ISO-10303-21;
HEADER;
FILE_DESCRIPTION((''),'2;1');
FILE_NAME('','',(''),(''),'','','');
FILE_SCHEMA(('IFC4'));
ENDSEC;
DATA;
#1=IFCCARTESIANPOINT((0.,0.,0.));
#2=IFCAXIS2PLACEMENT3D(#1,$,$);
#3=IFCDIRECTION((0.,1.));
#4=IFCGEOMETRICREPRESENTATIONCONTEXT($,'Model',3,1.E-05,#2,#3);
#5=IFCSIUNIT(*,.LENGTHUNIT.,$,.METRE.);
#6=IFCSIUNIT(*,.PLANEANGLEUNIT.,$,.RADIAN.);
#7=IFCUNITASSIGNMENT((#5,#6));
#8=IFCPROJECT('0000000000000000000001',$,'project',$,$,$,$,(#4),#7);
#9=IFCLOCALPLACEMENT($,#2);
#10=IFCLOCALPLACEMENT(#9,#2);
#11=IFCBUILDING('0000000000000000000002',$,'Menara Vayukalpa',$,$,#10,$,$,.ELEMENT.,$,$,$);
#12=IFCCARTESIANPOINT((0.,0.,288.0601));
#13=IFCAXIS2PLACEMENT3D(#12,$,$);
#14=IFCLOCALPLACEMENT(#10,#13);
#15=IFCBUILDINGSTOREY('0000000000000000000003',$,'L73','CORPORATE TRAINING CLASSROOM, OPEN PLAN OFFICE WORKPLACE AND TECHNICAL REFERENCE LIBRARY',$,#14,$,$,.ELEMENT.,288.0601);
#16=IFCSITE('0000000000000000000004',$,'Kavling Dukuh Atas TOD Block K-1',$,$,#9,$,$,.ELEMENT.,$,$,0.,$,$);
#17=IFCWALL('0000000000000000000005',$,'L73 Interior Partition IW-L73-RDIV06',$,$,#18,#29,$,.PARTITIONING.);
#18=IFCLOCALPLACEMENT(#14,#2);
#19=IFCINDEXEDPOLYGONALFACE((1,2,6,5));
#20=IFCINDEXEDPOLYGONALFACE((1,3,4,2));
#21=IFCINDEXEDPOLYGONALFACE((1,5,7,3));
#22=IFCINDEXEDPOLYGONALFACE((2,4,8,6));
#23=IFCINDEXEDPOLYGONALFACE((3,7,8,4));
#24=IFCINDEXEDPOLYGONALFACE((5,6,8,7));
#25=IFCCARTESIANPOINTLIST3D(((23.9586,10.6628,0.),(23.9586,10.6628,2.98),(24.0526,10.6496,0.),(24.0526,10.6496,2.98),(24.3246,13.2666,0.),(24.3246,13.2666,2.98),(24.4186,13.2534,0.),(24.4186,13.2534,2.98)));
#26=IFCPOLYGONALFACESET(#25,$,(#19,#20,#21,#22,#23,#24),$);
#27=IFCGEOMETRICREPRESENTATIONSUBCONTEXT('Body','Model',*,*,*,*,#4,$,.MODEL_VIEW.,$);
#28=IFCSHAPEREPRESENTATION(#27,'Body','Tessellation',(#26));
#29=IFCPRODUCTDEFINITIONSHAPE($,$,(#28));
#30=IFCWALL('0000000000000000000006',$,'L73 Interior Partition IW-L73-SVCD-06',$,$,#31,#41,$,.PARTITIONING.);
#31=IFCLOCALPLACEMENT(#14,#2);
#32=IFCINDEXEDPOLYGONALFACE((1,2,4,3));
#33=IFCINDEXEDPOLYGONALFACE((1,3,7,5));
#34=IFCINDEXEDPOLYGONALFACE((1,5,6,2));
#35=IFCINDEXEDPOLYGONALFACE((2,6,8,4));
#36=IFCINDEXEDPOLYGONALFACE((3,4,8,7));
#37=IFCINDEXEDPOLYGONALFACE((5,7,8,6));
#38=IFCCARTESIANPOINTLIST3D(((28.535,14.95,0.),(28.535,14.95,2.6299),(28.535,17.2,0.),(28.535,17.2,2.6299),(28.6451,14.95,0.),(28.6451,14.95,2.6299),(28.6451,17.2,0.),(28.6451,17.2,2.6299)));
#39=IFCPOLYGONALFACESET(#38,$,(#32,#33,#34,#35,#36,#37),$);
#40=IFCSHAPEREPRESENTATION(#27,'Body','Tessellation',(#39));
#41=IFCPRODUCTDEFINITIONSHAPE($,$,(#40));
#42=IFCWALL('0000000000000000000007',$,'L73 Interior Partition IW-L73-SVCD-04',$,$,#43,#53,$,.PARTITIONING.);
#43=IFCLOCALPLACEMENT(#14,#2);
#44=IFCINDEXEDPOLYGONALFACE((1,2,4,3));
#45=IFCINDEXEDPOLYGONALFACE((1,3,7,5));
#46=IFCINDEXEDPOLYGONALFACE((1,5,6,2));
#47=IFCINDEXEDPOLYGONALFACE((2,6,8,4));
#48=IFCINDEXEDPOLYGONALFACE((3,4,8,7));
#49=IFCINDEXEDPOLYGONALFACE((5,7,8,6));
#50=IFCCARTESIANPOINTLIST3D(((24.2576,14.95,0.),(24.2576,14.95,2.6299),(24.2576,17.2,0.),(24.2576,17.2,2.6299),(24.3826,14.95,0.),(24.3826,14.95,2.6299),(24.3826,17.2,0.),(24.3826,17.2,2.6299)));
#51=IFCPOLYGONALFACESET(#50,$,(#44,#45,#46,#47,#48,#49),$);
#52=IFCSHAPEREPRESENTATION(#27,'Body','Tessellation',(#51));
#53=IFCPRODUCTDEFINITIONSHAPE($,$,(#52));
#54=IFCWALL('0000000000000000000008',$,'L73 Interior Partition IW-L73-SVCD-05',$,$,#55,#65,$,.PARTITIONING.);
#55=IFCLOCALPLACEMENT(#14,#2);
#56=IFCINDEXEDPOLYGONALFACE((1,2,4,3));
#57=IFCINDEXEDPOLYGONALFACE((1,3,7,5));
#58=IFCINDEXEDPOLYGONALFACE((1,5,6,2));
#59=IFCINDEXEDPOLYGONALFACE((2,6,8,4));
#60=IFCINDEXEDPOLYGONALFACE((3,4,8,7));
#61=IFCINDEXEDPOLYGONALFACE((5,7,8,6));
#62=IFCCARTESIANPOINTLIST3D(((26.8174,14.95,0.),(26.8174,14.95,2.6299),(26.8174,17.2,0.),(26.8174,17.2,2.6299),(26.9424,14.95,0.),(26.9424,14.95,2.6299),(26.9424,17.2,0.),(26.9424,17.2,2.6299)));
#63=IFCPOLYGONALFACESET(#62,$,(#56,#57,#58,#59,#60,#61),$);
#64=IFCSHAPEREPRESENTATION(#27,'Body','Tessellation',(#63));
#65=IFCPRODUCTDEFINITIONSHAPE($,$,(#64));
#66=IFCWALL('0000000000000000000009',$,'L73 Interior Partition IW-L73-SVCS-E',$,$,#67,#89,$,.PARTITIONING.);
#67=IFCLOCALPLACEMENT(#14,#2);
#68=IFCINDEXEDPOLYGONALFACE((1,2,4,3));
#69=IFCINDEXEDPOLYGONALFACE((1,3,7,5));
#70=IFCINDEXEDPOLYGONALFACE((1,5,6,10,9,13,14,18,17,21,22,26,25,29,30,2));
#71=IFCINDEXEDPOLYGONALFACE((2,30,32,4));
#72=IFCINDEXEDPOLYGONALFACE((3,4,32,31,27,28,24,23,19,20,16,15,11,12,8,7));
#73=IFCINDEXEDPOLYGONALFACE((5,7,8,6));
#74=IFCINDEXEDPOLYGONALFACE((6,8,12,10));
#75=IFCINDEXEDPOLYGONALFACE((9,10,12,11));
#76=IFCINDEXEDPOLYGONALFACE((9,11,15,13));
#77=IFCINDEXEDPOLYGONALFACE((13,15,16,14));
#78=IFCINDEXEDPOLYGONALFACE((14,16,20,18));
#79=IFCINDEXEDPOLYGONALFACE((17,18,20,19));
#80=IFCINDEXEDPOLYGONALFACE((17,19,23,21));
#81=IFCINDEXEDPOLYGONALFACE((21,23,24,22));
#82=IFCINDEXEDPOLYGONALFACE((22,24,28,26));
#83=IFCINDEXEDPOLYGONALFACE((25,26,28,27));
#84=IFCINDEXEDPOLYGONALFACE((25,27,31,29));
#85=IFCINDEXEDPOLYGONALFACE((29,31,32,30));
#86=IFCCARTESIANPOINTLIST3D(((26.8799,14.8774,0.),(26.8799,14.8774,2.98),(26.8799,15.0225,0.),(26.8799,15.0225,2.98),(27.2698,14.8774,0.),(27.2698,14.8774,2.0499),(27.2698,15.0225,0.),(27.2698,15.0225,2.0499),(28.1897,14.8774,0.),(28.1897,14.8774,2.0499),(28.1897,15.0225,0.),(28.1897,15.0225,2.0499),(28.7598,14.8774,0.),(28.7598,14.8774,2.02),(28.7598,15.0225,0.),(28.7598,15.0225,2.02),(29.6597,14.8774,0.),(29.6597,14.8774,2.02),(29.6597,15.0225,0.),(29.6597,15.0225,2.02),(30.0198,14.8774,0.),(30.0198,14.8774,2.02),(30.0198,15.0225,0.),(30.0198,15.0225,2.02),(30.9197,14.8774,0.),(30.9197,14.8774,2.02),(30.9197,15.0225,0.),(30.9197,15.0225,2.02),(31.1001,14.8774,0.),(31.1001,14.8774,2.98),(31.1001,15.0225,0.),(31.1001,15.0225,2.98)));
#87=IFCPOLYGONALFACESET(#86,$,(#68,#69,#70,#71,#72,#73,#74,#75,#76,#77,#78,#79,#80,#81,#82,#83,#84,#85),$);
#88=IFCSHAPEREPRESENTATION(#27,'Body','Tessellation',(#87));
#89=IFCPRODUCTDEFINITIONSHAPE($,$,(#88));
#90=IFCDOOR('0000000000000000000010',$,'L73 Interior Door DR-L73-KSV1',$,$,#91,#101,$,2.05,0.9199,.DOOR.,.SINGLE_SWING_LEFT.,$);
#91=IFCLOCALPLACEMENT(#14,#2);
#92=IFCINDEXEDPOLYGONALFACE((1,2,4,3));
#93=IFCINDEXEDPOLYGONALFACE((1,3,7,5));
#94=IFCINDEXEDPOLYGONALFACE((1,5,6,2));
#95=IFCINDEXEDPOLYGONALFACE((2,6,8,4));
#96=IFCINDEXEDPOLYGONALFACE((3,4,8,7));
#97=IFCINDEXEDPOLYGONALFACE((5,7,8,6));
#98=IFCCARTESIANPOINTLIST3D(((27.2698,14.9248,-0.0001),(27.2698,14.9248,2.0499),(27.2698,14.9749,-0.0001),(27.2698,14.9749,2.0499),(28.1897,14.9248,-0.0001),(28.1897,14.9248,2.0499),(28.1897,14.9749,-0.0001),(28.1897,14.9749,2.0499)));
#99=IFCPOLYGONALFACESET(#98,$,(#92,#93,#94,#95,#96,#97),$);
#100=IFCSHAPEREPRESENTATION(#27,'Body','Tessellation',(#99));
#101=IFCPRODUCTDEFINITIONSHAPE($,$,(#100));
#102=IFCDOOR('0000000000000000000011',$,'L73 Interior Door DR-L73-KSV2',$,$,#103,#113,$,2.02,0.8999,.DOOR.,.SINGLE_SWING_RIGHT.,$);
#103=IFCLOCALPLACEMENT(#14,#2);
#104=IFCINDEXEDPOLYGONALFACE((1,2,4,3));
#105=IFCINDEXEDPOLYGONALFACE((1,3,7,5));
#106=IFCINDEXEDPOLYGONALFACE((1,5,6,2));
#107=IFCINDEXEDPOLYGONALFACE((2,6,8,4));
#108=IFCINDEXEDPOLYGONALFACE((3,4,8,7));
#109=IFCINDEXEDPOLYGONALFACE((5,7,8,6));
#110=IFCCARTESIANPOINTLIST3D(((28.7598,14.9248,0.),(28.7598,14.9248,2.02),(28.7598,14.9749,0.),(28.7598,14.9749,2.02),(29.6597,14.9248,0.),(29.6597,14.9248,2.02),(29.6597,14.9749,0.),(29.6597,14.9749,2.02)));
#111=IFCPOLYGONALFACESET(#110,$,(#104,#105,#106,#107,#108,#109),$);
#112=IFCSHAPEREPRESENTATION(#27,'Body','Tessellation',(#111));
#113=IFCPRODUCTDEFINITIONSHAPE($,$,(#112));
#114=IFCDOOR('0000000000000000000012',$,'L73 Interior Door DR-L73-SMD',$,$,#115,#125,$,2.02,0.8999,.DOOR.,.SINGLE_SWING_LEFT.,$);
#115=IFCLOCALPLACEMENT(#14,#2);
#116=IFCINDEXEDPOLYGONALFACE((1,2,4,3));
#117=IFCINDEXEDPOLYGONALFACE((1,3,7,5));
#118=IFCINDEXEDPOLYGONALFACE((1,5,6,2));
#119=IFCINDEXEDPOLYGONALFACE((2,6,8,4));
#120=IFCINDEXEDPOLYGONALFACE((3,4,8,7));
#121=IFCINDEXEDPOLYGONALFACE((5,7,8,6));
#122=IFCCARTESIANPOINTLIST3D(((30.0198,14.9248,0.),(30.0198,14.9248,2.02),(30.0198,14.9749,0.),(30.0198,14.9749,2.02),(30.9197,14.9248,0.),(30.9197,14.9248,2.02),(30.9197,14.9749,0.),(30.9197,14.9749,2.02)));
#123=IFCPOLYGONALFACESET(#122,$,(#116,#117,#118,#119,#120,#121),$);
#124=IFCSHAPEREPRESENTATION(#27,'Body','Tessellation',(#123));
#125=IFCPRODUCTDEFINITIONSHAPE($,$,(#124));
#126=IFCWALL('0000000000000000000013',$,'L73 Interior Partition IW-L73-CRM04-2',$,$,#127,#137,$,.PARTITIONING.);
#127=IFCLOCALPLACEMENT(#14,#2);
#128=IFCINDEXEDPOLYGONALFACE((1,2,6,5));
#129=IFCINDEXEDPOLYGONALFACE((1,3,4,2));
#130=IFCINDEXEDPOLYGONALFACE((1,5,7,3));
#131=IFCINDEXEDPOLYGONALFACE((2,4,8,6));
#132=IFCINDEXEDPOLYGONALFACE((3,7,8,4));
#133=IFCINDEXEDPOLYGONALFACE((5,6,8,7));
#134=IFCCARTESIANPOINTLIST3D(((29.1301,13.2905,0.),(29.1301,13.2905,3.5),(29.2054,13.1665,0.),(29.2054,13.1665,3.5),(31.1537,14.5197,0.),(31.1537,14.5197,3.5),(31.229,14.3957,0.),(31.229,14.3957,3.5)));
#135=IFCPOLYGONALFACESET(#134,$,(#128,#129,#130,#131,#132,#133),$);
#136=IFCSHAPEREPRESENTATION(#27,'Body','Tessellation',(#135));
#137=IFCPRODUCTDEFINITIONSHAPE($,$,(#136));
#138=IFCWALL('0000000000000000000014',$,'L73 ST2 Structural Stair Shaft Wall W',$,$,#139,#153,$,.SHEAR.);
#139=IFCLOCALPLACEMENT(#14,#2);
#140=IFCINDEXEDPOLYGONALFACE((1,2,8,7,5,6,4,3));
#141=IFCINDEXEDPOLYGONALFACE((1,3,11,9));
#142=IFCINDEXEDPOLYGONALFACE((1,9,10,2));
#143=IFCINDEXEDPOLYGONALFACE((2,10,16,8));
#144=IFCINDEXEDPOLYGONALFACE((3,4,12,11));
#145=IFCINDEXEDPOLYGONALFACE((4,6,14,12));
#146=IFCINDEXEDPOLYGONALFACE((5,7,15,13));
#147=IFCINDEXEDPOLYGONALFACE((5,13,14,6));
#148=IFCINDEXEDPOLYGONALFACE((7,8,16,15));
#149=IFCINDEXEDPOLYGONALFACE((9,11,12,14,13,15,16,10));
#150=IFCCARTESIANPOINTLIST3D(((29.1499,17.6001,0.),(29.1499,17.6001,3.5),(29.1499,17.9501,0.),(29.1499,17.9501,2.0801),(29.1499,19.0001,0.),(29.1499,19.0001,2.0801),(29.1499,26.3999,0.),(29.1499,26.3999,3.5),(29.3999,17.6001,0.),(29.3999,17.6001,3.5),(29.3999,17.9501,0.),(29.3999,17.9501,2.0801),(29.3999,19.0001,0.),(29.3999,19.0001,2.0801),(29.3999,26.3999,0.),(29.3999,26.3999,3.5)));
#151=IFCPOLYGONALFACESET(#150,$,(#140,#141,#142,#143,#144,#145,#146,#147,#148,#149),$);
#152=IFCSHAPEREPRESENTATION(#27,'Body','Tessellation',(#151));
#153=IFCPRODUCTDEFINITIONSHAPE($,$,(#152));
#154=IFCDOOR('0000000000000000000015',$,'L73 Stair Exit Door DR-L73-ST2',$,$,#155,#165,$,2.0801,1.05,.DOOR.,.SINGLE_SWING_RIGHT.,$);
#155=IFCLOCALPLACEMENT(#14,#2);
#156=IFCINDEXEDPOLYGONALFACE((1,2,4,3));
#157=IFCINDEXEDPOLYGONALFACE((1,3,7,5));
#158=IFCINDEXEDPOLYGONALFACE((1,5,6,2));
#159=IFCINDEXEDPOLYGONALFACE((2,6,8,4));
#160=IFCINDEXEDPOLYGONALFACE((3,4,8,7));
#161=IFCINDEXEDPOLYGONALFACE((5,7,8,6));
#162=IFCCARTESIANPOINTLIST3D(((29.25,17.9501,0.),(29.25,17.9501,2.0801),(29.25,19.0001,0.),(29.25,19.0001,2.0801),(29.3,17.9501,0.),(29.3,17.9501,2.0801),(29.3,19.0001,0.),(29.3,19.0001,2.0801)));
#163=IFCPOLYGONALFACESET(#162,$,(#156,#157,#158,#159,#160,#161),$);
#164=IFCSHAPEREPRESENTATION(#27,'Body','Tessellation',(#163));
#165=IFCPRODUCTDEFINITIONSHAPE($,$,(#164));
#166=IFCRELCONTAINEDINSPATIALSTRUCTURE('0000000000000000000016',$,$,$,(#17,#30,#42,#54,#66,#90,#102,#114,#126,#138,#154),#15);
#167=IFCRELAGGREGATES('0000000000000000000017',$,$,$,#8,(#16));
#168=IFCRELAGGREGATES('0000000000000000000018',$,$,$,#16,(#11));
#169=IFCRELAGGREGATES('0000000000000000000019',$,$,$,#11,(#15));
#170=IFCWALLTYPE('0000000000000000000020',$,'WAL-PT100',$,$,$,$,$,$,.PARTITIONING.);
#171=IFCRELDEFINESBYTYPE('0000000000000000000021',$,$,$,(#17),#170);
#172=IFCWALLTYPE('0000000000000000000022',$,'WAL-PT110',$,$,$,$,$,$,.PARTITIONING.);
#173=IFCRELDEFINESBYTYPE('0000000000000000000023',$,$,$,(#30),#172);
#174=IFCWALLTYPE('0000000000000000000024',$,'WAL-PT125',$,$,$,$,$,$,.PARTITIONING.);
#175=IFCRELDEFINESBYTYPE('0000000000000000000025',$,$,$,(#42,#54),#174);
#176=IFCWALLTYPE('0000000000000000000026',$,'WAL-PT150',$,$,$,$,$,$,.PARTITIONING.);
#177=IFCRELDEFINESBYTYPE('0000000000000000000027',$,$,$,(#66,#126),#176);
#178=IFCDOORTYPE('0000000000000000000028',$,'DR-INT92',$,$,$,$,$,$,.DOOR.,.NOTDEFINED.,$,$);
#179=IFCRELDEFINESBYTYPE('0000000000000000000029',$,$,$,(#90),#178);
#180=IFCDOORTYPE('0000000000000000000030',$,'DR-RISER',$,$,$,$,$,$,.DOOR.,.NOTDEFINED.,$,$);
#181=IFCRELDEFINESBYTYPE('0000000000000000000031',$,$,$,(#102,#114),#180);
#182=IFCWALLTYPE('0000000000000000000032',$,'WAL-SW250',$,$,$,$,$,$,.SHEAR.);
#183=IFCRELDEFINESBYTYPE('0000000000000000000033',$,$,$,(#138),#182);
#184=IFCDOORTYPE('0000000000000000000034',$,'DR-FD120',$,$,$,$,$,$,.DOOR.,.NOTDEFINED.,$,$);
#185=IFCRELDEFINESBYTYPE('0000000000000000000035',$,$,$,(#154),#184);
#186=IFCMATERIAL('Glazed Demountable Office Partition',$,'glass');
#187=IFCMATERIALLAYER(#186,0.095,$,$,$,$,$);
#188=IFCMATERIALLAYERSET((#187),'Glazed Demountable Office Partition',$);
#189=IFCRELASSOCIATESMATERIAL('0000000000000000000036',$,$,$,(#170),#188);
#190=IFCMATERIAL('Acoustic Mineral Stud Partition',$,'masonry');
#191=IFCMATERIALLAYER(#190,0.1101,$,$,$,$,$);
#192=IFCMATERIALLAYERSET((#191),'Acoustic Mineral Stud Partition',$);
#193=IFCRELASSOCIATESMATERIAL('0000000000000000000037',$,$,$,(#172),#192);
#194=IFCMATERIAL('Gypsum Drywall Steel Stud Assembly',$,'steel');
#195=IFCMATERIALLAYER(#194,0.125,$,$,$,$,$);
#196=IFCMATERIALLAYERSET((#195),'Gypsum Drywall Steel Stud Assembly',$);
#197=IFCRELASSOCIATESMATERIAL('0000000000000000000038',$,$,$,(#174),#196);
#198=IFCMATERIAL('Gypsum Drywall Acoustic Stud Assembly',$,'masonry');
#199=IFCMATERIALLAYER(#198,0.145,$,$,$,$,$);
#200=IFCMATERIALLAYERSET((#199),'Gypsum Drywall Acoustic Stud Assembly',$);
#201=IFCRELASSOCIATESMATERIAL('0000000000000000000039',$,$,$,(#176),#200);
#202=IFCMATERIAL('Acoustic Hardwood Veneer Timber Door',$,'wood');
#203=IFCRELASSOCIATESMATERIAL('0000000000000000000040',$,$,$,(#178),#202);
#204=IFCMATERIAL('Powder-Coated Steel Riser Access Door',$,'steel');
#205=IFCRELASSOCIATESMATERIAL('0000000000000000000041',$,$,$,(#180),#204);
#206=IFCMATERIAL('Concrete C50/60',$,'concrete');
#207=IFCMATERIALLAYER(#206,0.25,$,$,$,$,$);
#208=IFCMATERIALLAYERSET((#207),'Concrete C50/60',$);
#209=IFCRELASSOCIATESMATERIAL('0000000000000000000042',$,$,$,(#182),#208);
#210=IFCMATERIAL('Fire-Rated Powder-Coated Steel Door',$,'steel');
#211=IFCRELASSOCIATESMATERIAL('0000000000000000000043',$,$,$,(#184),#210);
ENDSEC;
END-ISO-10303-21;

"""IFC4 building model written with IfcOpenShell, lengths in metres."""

from ifc_helpers import new_model, si_unit, direction, frame, frame_2d, origin, place, context, subcontext, project, spatial, rectangle, extrude, material, layer, layer_set, type_object, element, fill, save


model = new_model("IFC4")

# Units and contexts
model_context = context("Model", 3, precision=1e-05, world=origin(), true_north=direction((0.0, 1.0)))
body_context = subcontext(model_context, "Body", "Model", "MODEL_VIEW")
ifc_project = project(units=[si_unit("LENGTHUNIT", "METRE"), si_unit("PLANEANGLEUNIT", "RADIAN")], contexts=[model_context])

# Site, building, storey
site_placement = place(None, origin())
site = spatial("IfcSite", under=ifc_project, at=site_placement, Name="Kavling Dukuh Atas TOD Block K-1", CompositionType="ELEMENT", RefElevation=0.0)
building_placement = place(site_placement, origin())
building = spatial("IfcBuilding", under=site, at=building_placement, Name="Menara Vayukalpa", CompositionType="ELEMENT")
storey_placement = place(building_placement, frame((0.0, 0.0, 288.0601)))
storey = spatial("IfcBuildingStorey", under=building, at=storey_placement, Name="L73", Description="CORPORATE TRAINING CLASSROOM, OPEN PLAN OFFICE WORKPLACE AND TECHNICAL REFERENCE LIBRARY", CompositionType="ELEMENT", Elevation=288.0601)

# Walls
ifc_material_1 = material(Name="Glazed Demountable Office Partition", Category="glass")
ifc_layer_1 = layer(ifc_material_1, 0.095)
ifc_layer_set_1 = layer_set([ifc_layer_1], Name="Glazed Demountable Office Partition")
wall_type_1 = type_object("IfcWallType", Name="WAL-PT100", PredefinedType="PARTITIONING", material=ifc_layer_set_1)
wall_1_placement = place(storey_placement, frame((24.3716, 13.26, 0.0), z_axis=(0.0, 0.0, 1.0), x_axis=(-0.139185, -0.990266, 0.0)))
element("IfcWall", 1, at=wall_1_placement, inside=storey, type_object=wall_type_1, Name="L73 Interior Partition IW-L73-RDIV06", PredefinedType="PARTITIONING", context=body_context, shape_type="SweptSolid", body=[
    extrude(rectangle(XDim=2.6294, YDim=0.095, at=frame_2d((1.3147, 0.0))), origin(), (0.0, 0.0, 1.0), 2.98),
])
ifc_material_2 = material(Name="Acoustic Mineral Stud Partition", Category="masonry")
ifc_layer_2 = layer(ifc_material_2, 0.1101)
ifc_layer_set_2 = layer_set([ifc_layer_2], Name="Acoustic Mineral Stud Partition")
wall_type_2 = type_object("IfcWallType", Name="WAL-PT110", PredefinedType="PARTITIONING", material=ifc_layer_set_2)
wall_2_placement = place(storey_placement, frame((28.5901, 14.95, 0.0), z_axis=(0.0, 0.0, 1.0), x_axis=(0.0, 1.0, 0.0)))
element("IfcWall", 2, at=wall_2_placement, inside=storey, type_object=wall_type_2, Name="L73 Interior Partition IW-L73-SVCD-06", PredefinedType="PARTITIONING", context=body_context, shape_type="SweptSolid", body=[
    extrude(rectangle(XDim=2.25, YDim=0.1101, at=frame_2d((1.125, 0.0))), origin(), (0.0, 0.0, 1.0), 2.6299),
])
ifc_material_3 = material(Name="Gypsum Drywall Steel Stud Assembly", Category="steel")
ifc_layer_3 = layer(ifc_material_3, 0.125)
ifc_layer_set_3 = layer_set([ifc_layer_3], Name="Gypsum Drywall Steel Stud Assembly")
wall_type_3 = type_object("IfcWallType", Name="WAL-PT125", PredefinedType="PARTITIONING", material=ifc_layer_set_3)
for number, where, z_axis, x_axis, name in (
    (3, (24.3201, 14.95, 0.0), (0.0, 0.0, 1.0), (0.0, 1.0, 0.0), "L73 Interior Partition IW-L73-SVCD-04"),
    (4, (26.8799, 14.95, 0.0), (0.0, 0.0, 1.0), (0.0, 1.0, 0.0), "L73 Interior Partition IW-L73-SVCD-05"),
):
    element("IfcWall", number, at=place(storey_placement, frame(where, z_axis=z_axis, x_axis=x_axis)), inside=storey, type_object=wall_type_3, Name=name, PredefinedType="PARTITIONING", context=body_context, shape_type="SweptSolid", body=[
        extrude(rectangle(XDim=2.25, YDim=0.125, at=frame_2d((1.125, 0.0))), origin(), (0.0, 0.0, 1.0), 2.6299),
    ])

# Wall, openings, doors
ifc_material_4 = material(Name="Gypsum Drywall Acoustic Stud Assembly", Category="masonry")
ifc_layer_4 = layer(ifc_material_4, 0.145)
ifc_layer_set_4 = layer_set([ifc_layer_4], Name="Gypsum Drywall Acoustic Stud Assembly")
wall_type_4 = type_object("IfcWallType", Name="WAL-PT150", PredefinedType="PARTITIONING", material=ifc_layer_set_4)
wall_3_placement = place(storey_placement, frame((26.8799, 14.95, 0.0), z_axis=(0.0, 0.0, 1.0), x_axis=(1.0, 0.0, 0.0)))
wall_3 = element("IfcWall", 5, at=wall_3_placement, inside=storey, type_object=wall_type_4, Name="L73 Interior Partition IW-L73-SVCS-E", PredefinedType="PARTITIONING", context=body_context, shape_type="SweptSolid", body=[
    extrude(rectangle(XDim=4.2202, YDim=0.145, at=frame_2d((2.1101, 0.0))), origin(), (0.0, 0.0, 1.0), 2.98),
])
opening_1_placement = place(wall_3_placement, frame((0.3899, 0.0, 0.0)))
opening_1 = element("IfcOpeningElement", 6, at=opening_1_placement, cuts=wall_3, PredefinedType="OPENING", context=body_context, shape_type="SweptSolid", body=[
    extrude(rectangle(XDim=0.9199, YDim=2.05, at=frame_2d((0.46, 1.0249))), frame((0.0, 0.0825, 0.0), z_axis=(0.0, -1.0, 0.0), x_axis=(1.0, 0.0, 0.0)), (0.0, 0.0, 1.0), 0.165),
])
opening_2_placement = place(wall_3_placement, frame((1.8799, 0.0, 0.0)))
opening_2 = element("IfcOpeningElement", 7, at=opening_2_placement, cuts=wall_3, PredefinedType="OPENING", context=body_context, shape_type="SweptSolid", body=[
    extrude(rectangle(XDim=0.8999, YDim=2.02, at=frame_2d((0.45, 1.01))), frame((0.0, 0.0825, 0.0), z_axis=(0.0, -1.0, 0.0), x_axis=(1.0, 0.0, 0.0)), (0.0, 0.0, 1.0), 0.165),
])
opening_3_placement = place(wall_3_placement, frame((3.1399, 0.0, 0.0)))
opening_3 = element("IfcOpeningElement", 8, at=opening_3_placement, cuts=wall_3, PredefinedType="OPENING", context=body_context, shape_type="SweptSolid", body=[
    extrude(rectangle(XDim=0.8999, YDim=2.02, at=frame_2d((0.45, 1.01))), frame((0.0, 0.0825, 0.0), z_axis=(0.0, -1.0, 0.0), x_axis=(1.0, 0.0, 0.0)), (0.0, 0.0, 1.0), 0.165),
])
ifc_material_5 = material(Name="Acoustic Hardwood Veneer Timber Door", Category="wood")
door_type_1 = type_object("IfcDoorType", Name="DR-INT92", OperationType="NOTDEFINED", PredefinedType="DOOR", material=ifc_material_5)
door_1_placement = place(opening_1_placement, origin())
door_1 = element("IfcDoor", 9, at=door_1_placement, inside=storey, type_object=door_type_1, Name="L73 Interior Door DR-L73-KSV1", OperationType="SINGLE_SWING_LEFT", OverallHeight=2.05, OverallWidth=0.9199, PredefinedType="DOOR", context=body_context, shape_type="SweptSolid", body=[
    extrude(rectangle(XDim=0.9199, YDim=2.05, at=frame_2d((0.46, 1.0249))), frame((0.0, 0.0249, 0.0), z_axis=(0.0, -1.0, 0.0), x_axis=(1.0, 0.0, 0.0)), (0.0, 0.0, 1.0), 0.05),
])
fill(opening_1, door_1)
ifc_material_6 = material(Name="Powder-Coated Steel Riser Access Door", Category="steel")
door_type_2 = type_object("IfcDoorType", Name="DR-RISER", OperationType="NOTDEFINED", PredefinedType="DOOR", material=ifc_material_6)
door_2_placement = place(opening_2_placement, origin())
door_2 = element("IfcDoor", 10, at=door_2_placement, inside=storey, type_object=door_type_2, Name="L73 Interior Door DR-L73-KSV2", OperationType="SINGLE_SWING_RIGHT", OverallHeight=2.02, OverallWidth=0.8999, PredefinedType="DOOR", context=body_context, shape_type="SweptSolid", body=[
    extrude(rectangle(XDim=0.8999, YDim=2.02, at=frame_2d((0.45, 1.01))), frame((0.0, 0.0249, 0.0), z_axis=(0.0, -1.0, 0.0), x_axis=(1.0, 0.0, 0.0)), (0.0, 0.0, 1.0), 0.05),
])
fill(opening_2, door_2)
door_3_placement = place(opening_3_placement, origin())
door_3 = element("IfcDoor", 11, at=door_3_placement, inside=storey, type_object=door_type_2, Name="L73 Interior Door DR-L73-SMD", OperationType="SINGLE_SWING_LEFT", OverallHeight=2.02, OverallWidth=0.8999, PredefinedType="DOOR", context=body_context, shape_type="SweptSolid", body=[
    extrude(rectangle(XDim=0.8999, YDim=2.02, at=frame_2d((0.45, 1.01))), frame((0.0, 0.0249, 0.0), z_axis=(0.0, -1.0, 0.0), x_axis=(1.0, 0.0, 0.0)), (0.0, 0.0, 1.0), 0.05),
])
fill(opening_3, door_3)

# Wall
wall_4_placement = place(storey_placement, frame((29.1677, 13.2285, 0.0), z_axis=(0.0, 0.0, 1.0), x_axis=(0.854678, 0.519158, 0.0)))
element("IfcWall", 12, at=wall_4_placement, inside=storey, type_object=wall_type_4, Name="L73 Interior Partition IW-L73-CRM04-2", PredefinedType="PARTITIONING", context=body_context, shape_type="SweptSolid", body=[
    extrude(rectangle(XDim=2.3677, YDim=0.145, at=frame_2d((1.1838, 0.0))), origin(), (0.0, 0.0, 1.0), 3.5),
])

# Wall, opening, door
ifc_material_7 = material(Name="Concrete C50/60", Category="concrete")
ifc_layer_5 = layer(ifc_material_7, 0.25)
ifc_layer_set_5 = layer_set([ifc_layer_5], Name="Concrete C50/60")
wall_type_5 = type_object("IfcWallType", Name="WAL-SW250", PredefinedType="SHEAR", material=ifc_layer_set_5)
wall_5_placement = place(storey_placement, frame((29.2749, 17.6001, 0.0), z_axis=(0.0, 0.0, 1.0), x_axis=(0.0, 1.0, 0.0)))
wall_5 = element("IfcWall", 13, at=wall_5_placement, inside=storey, type_object=wall_type_5, Name="L73 ST2 Structural Stair Shaft Wall W", PredefinedType="SHEAR", context=body_context, shape_type="SweptSolid", body=[
    extrude(rectangle(XDim=8.7998, YDim=0.25, at=frame_2d((4.3999, 0.0))), origin(), (0.0, 0.0, 1.0), 3.5),
])
opening_4_placement = place(wall_5_placement, frame((0.3501, 0.0, 0.0)))
opening_4 = element("IfcOpeningElement", 14, at=opening_4_placement, cuts=wall_5, PredefinedType="OPENING", context=body_context, shape_type="SweptSolid", body=[
    extrude(rectangle(XDim=1.05, YDim=2.0801, at=frame_2d((0.5249, 1.04))), frame((0.0, 0.135, 0.0), z_axis=(0.0, -1.0, 0.0), x_axis=(1.0, 0.0, 0.0)), (0.0, 0.0, 1.0), 0.27),
])
ifc_material_8 = material(Name="Fire-Rated Powder-Coated Steel Door", Category="steel")
door_type_3 = type_object("IfcDoorType", Name="DR-FD120", OperationType="NOTDEFINED", PredefinedType="DOOR", material=ifc_material_8)
door_4_placement = place(opening_4_placement, origin())
door_4 = element("IfcDoor", 15, at=door_4_placement, inside=storey, type_object=door_type_3, Name="L73 Stair Exit Door DR-L73-ST2", OperationType="SINGLE_SWING_RIGHT", OverallHeight=2.0801, OverallWidth=1.05, PredefinedType="DOOR", context=body_context, shape_type="SweptSolid", body=[
    extrude(rectangle(XDim=1.05, YDim=2.0801, at=frame_2d((0.5249, 1.04))), frame((0.0, 0.0249, 0.0), z_axis=(0.0, -1.0, 0.0), x_axis=(1.0, 0.0, 0.0)), (0.0, 0.0, 1.0), 0.05),
])
fill(opening_4, door_4)

save(model, "model.ifc")
